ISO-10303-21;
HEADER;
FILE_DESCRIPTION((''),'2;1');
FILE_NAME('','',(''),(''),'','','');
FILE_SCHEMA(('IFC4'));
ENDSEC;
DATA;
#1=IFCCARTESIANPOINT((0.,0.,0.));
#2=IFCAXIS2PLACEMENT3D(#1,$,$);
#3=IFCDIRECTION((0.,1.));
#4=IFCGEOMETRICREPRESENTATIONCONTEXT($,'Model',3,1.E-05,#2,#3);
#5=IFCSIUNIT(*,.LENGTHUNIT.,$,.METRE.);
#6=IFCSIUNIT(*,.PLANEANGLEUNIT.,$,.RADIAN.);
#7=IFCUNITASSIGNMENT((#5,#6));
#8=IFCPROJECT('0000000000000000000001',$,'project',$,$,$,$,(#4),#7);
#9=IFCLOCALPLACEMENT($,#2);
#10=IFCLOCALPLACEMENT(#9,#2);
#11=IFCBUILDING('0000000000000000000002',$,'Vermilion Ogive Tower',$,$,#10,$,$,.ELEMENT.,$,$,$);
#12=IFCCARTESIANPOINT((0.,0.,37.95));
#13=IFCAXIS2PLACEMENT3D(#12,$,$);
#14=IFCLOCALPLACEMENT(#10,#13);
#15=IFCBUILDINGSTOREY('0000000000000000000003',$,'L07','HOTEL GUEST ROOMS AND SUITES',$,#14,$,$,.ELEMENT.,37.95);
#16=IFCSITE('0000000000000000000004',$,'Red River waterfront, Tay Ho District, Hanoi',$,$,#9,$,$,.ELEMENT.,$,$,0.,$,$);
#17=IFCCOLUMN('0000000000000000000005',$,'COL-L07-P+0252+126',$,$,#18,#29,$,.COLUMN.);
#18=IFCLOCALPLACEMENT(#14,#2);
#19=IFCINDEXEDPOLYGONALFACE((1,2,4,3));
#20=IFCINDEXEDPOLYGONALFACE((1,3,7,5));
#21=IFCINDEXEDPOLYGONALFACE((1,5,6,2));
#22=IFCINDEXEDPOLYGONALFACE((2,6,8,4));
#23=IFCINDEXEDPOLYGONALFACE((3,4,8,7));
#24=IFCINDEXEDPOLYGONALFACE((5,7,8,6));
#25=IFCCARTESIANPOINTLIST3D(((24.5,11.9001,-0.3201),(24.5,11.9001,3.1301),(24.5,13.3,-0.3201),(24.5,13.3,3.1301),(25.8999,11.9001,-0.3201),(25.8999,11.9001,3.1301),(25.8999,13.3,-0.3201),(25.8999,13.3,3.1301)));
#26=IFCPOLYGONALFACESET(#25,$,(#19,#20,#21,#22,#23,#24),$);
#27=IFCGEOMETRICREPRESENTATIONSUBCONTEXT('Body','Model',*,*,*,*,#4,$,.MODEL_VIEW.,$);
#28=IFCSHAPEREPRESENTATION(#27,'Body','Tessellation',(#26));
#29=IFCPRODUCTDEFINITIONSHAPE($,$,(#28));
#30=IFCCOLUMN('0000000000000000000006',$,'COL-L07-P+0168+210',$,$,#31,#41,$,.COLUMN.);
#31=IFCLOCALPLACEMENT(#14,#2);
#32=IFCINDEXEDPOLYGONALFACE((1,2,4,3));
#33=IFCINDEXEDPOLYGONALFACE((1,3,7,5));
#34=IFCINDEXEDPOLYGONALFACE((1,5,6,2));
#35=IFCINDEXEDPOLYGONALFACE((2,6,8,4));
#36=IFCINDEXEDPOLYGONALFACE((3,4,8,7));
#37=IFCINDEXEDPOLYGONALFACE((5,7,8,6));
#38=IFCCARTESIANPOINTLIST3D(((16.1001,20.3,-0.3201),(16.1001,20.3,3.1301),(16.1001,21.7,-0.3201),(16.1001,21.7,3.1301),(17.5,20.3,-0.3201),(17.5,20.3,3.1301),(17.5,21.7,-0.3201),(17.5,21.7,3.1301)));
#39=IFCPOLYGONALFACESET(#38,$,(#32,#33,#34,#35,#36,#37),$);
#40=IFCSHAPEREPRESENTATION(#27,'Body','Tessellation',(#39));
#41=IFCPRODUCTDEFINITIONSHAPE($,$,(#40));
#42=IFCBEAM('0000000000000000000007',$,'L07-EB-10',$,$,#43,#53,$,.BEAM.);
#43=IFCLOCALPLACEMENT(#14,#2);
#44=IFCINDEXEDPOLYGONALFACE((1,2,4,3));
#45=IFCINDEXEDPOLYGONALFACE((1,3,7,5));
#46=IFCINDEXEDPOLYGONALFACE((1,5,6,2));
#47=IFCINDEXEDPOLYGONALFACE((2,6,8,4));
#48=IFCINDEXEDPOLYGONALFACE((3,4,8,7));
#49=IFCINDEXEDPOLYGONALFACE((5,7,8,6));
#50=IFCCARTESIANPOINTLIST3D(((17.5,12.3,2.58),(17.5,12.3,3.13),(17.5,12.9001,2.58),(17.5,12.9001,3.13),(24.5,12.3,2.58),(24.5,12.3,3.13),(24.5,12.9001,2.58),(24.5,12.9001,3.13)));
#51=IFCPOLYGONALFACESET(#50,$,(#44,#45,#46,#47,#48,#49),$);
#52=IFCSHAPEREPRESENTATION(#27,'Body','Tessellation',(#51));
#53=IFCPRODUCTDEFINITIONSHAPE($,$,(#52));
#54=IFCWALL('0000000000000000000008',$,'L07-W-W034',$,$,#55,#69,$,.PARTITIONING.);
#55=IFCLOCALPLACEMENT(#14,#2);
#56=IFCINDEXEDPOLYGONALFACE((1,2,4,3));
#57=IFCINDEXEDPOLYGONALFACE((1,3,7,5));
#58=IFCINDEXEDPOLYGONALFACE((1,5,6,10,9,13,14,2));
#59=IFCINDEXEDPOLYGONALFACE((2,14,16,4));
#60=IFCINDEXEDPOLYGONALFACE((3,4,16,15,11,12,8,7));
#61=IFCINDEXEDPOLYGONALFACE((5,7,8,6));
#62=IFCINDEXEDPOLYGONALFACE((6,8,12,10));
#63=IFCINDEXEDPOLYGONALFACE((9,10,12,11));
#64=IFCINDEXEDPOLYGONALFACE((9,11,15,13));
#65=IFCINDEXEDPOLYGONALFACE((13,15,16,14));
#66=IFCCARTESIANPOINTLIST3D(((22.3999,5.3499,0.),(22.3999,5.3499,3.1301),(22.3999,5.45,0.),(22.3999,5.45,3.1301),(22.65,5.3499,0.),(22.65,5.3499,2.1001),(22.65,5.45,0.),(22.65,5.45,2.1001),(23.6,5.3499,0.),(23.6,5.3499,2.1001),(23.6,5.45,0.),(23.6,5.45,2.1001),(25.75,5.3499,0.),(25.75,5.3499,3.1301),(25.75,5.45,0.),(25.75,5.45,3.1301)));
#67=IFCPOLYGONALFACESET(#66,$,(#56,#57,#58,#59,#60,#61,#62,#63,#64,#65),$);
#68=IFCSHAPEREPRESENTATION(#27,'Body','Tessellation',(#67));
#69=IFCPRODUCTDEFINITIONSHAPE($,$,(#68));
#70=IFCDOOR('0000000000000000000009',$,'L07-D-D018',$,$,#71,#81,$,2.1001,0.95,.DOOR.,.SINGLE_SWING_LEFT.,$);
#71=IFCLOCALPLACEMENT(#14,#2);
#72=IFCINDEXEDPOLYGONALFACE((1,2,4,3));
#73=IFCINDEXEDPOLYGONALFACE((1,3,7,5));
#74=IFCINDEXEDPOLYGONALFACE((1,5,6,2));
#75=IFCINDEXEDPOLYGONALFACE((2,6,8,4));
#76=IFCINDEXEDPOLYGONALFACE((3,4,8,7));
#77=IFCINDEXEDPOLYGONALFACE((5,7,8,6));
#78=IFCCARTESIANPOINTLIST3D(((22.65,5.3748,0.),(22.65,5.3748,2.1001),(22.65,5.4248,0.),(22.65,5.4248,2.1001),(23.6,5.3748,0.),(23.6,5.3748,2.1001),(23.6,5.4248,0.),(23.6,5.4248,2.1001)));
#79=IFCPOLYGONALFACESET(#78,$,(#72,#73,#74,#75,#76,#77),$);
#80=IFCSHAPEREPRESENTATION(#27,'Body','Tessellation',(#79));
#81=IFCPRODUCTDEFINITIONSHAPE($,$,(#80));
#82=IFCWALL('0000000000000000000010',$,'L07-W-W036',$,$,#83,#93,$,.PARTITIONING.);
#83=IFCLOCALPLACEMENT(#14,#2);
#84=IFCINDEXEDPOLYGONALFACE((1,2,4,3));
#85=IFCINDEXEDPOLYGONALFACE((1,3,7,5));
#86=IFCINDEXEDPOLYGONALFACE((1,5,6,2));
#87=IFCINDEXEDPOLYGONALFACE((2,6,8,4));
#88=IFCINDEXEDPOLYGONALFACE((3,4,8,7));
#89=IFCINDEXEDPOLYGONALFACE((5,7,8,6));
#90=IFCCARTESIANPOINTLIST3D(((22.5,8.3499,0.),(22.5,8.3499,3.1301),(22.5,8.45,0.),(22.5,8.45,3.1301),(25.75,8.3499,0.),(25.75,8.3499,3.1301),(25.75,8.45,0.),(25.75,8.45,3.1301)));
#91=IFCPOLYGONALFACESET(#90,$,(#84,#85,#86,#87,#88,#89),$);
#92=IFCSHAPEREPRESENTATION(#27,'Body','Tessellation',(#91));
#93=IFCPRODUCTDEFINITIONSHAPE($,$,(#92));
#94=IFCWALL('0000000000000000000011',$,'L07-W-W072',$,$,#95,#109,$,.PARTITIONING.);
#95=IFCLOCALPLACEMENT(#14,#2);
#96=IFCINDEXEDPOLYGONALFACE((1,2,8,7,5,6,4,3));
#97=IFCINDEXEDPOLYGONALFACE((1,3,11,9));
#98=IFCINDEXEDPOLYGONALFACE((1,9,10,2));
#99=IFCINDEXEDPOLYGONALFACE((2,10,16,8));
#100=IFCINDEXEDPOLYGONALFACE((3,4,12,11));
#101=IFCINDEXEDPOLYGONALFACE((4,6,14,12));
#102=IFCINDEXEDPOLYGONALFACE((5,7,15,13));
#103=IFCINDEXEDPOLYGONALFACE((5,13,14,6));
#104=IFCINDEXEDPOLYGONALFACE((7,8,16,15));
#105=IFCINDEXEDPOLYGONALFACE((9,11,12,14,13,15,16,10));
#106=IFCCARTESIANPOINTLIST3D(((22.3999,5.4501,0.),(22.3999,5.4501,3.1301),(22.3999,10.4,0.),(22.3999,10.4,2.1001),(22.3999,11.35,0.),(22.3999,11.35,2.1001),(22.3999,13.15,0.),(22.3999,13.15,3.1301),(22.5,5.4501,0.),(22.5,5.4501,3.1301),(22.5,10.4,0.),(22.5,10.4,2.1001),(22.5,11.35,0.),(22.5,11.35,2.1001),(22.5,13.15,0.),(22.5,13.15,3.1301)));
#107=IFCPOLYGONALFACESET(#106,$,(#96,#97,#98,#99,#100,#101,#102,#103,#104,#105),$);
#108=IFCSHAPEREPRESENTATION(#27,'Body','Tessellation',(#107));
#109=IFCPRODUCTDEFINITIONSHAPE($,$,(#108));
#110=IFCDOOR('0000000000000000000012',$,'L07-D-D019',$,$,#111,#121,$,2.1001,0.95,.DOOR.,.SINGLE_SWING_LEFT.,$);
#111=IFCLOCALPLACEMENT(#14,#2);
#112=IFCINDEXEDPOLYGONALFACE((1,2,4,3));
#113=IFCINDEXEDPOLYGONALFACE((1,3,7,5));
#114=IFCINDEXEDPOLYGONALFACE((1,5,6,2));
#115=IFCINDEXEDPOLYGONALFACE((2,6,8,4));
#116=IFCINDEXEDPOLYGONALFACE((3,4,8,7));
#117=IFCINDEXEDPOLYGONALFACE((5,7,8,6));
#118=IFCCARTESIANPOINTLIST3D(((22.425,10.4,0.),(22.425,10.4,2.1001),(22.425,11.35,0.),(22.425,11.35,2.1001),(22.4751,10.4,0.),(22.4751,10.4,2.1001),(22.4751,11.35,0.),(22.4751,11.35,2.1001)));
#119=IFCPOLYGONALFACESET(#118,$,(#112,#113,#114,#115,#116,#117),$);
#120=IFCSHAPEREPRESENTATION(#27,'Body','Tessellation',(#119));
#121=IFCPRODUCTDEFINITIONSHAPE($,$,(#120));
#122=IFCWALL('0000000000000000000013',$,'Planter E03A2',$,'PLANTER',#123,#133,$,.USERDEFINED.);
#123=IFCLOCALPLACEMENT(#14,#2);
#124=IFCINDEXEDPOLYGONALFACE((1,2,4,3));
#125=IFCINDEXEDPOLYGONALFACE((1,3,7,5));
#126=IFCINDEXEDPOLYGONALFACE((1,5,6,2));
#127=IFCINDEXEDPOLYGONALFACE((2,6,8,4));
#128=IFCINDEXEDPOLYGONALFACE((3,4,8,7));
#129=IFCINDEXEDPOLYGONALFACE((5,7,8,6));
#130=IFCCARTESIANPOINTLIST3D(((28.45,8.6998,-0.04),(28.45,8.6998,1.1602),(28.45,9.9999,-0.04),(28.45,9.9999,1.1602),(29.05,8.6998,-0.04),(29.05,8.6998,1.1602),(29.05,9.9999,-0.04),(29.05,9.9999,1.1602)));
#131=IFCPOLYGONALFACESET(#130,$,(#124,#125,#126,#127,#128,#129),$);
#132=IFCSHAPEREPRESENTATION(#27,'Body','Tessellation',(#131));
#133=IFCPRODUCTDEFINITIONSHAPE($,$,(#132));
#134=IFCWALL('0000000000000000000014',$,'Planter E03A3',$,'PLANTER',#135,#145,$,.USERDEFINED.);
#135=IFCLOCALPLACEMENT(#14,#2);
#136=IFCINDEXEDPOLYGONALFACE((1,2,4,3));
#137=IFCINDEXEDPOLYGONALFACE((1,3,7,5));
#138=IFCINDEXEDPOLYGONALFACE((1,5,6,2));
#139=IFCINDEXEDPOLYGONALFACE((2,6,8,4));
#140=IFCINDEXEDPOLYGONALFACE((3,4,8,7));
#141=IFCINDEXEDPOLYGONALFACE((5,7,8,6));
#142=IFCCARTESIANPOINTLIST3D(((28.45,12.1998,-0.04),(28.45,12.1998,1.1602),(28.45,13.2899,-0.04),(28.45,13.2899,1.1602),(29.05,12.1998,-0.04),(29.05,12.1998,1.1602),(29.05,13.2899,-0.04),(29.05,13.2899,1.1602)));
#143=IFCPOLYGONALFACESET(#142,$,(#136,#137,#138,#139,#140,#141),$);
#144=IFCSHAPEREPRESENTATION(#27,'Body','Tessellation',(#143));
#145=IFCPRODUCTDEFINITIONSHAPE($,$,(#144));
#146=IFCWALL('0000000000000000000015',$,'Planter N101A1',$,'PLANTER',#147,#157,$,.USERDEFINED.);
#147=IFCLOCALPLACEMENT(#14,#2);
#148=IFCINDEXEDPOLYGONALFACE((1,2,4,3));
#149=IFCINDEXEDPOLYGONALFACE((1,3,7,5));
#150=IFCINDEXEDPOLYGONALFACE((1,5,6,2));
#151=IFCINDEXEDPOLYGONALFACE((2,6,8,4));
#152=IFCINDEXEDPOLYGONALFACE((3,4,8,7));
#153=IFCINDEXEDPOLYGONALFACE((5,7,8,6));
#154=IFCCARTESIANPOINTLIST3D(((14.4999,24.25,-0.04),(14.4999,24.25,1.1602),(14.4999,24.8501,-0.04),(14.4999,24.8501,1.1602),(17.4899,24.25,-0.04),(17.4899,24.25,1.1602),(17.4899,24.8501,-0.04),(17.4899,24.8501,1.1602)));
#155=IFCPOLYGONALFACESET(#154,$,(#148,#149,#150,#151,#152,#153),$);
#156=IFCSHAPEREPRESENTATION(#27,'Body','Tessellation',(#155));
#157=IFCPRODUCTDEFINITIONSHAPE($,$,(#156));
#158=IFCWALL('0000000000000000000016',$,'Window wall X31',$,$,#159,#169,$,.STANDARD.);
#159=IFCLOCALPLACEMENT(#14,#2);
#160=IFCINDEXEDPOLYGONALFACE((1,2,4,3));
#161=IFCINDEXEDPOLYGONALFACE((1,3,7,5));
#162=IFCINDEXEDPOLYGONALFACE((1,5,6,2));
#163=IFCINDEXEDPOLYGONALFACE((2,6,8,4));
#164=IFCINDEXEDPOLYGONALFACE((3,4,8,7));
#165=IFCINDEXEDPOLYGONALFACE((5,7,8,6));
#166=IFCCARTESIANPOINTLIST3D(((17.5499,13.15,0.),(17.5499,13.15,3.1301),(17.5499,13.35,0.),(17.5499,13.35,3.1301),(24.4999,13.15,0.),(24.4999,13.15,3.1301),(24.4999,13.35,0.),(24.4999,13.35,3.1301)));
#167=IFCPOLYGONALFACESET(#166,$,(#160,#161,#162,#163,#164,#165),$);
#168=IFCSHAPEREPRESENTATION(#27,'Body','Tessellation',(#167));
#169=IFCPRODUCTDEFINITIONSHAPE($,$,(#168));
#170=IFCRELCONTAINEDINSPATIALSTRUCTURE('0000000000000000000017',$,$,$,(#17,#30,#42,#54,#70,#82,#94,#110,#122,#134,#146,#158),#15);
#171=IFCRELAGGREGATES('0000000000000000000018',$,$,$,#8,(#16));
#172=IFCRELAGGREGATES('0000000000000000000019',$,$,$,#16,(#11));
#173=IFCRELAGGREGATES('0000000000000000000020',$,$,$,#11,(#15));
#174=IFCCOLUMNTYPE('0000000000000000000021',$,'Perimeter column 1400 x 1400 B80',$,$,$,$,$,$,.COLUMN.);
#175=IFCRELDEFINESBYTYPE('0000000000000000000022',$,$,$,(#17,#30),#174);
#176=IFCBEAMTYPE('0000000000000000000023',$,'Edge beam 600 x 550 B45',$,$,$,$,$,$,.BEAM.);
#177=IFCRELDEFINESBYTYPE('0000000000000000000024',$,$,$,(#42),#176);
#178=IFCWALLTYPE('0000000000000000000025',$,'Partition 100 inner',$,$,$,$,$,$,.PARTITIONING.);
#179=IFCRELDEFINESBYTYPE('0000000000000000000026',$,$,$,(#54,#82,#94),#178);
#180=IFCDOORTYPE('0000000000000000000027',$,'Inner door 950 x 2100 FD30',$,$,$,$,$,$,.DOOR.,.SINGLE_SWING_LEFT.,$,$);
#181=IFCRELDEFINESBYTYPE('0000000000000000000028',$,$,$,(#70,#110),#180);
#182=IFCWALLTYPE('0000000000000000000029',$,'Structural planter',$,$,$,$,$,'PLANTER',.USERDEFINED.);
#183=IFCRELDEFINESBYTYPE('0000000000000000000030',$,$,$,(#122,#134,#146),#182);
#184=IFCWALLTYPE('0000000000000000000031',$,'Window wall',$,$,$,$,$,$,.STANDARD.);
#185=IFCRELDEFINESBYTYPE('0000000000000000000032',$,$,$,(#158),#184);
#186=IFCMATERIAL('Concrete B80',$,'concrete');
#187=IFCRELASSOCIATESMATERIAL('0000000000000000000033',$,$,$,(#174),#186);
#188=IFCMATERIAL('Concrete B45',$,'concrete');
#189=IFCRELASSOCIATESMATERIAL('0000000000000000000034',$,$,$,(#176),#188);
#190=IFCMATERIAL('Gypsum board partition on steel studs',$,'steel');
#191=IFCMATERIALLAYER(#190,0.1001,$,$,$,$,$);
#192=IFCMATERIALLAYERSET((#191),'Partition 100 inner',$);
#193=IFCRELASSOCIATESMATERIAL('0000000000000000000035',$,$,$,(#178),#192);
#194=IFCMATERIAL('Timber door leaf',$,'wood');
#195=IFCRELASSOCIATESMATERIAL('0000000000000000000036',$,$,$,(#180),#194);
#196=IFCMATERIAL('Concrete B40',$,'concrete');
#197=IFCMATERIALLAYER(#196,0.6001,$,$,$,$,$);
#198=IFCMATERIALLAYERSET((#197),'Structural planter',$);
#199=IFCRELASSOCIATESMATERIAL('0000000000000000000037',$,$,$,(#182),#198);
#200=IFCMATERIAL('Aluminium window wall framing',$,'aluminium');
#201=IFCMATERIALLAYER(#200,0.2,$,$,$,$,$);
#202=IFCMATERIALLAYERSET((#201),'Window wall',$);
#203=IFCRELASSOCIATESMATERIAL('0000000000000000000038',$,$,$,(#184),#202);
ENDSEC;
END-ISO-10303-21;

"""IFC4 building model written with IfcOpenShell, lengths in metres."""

from ifc_helpers import new_model, si_unit, direction, frame, frame_2d, origin, origin_2d, place, context, subcontext, project, spatial, rectangle, extrude, material, layer, layer_set, material_profile, profile_set, type_object, element, fill, save


model = new_model("IFC4")

# Units and contexts
model_context = context("Model", 3, precision=1e-05, world=origin(), true_north=direction((0.0, 1.0)))
body_context = subcontext(model_context, "Body", "Model", "MODEL_VIEW")
ifc_project = project(units=[si_unit("LENGTHUNIT", "METRE"), si_unit("PLANEANGLEUNIT", "RADIAN")], contexts=[model_context])

# Site, building, storey
site_placement = place(None, origin())
site = spatial("IfcSite", under=ifc_project, at=site_placement, Name="Red River waterfront, Tay Ho District, Hanoi", CompositionType="ELEMENT", RefElevation=0.0)
building_placement = place(site_placement, origin())
building = spatial("IfcBuilding", under=site, at=building_placement, Name="Vermilion Ogive Tower", CompositionType="ELEMENT")
storey_placement = place(building_placement, frame((0.0, 0.0, 37.95)))
storey = spatial("IfcBuildingStorey", under=building, at=storey_placement, Name="L07", Description="HOTEL GUEST ROOMS AND SUITES", CompositionType="ELEMENT", Elevation=37.95)

# Columns
ifc_material_1 = material(Name="Concrete B80", Category="concrete")
ifc_material_profile_1 = material_profile(ifc_material_1, rectangle(XDim=1.3999, YDim=1.3999, at=origin_2d()), Name="1400 x 1400")
ifc_profile_set_1 = profile_set([ifc_material_profile_1], Name="Concrete B80")
column_type = type_object("IfcColumnType", Name="Perimeter column 1400 x 1400 B80", PredefinedType="COLUMN", material=ifc_profile_set_1)
for number, where, z_axis, x_axis, name in (
    (1, (25.2, 12.6001, -0.3201), (0.0, 0.0, 1.0), (1.0, 0.0, 0.0), "COL-L07-P+0252+126"),
    (2, (16.8, 21.0, -0.3201), (0.0, 0.0, 1.0), (1.0, 0.0, 0.0), "COL-L07-P+0168+210"),
):
    element("IfcColumn", number, at=place(storey_placement, frame(where, z_axis=z_axis, x_axis=x_axis)), inside=storey, type_object=column_type, Name=name, PredefinedType="COLUMN", context=body_context, shape_type="SweptSolid", body=[
        extrude(rectangle(XDim=1.3999, YDim=1.3999, at=origin_2d()), origin(), (0.0, 0.0, 1.0), 3.4502),
    ])

# Beam
ifc_material_2 = material(Name="Concrete B45", Category="concrete")
ifc_material_profile_2 = material_profile(ifc_material_2, rectangle(XDim=0.6001, YDim=0.55, at=origin_2d()), Name="600 x 550")
ifc_profile_set_2 = profile_set([ifc_material_profile_2], Name="Concrete B45")
beam_type = type_object("IfcBeamType", Name="Edge beam 600 x 550 B45", PredefinedType="BEAM", material=ifc_profile_set_2)
beam_placement = place(storey_placement, frame((24.5, 12.6001, 2.855), z_axis=(-1.0, 0.0, 0.0), x_axis=(0.0, -1.0, 0.0)))
element("IfcBeam", 3, at=beam_placement, inside=storey, type_object=beam_type, Name="L07-EB-10", PredefinedType="BEAM", context=body_context, shape_type="SweptSolid", body=[
    extrude(rectangle(XDim=0.6001, YDim=0.55, at=origin_2d()), origin(), (0.0, 0.0, 1.0), 7.0),
])

# Wall, opening, door
ifc_material_3 = material(Name="Gypsum board partition on steel studs", Category="steel")
ifc_layer_1 = layer(ifc_material_3, 0.1001)
ifc_layer_set_1 = layer_set([ifc_layer_1], Name="Partition 100 inner")
wall_type_1 = type_object("IfcWallType", Name="Partition 100 inner", PredefinedType="PARTITIONING", material=ifc_layer_set_1)
wall_1_placement = place(storey_placement, frame((22.3999, 5.3999, 0.0), z_axis=(0.0, 0.0, 1.0), x_axis=(1.0, 0.0, 0.0)))
wall_1 = element("IfcWall", 4, at=wall_1_placement, inside=storey, type_object=wall_type_1, Name="L07-W-W034", PredefinedType="PARTITIONING", context=body_context, shape_type="SweptSolid", body=[
    extrude(rectangle(XDim=3.3501, YDim=0.1001, at=frame_2d((1.675, 0.0))), origin(), (0.0, 0.0, 1.0), 3.1301),
])
opening_1_placement = place(wall_1_placement, frame((0.25, 0.0, 0.0)))
opening_1 = element("IfcOpeningElement", 5, at=opening_1_placement, cuts=wall_1, PredefinedType="OPENING", context=body_context, shape_type="SweptSolid", body=[
    extrude(rectangle(XDim=0.95, YDim=2.1001, at=frame_2d((0.4751, 1.05))), frame((0.0, 0.0601, 0.0), z_axis=(0.0, -1.0, 0.0), x_axis=(1.0, 0.0, 0.0)), (0.0, 0.0, 1.0), 0.1201),
])
ifc_material_4 = material(Name="Timber door leaf", Category="wood")
door_type_1 = type_object("IfcDoorType", Name="Inner door 950 x 2100 FD30", OperationType="SINGLE_SWING_LEFT", PredefinedType="DOOR", material=ifc_material_4)
door_1_placement = place(opening_1_placement, origin())
door_1 = element("IfcDoor", 6, at=door_1_placement, inside=storey, type_object=door_type_1, Name="L07-D-D018", OperationType="SINGLE_SWING_LEFT", OverallHeight=2.1001, OverallWidth=0.95, PredefinedType="DOOR", context=body_context, shape_type="SweptSolid", body=[
    extrude(rectangle(XDim=0.95, YDim=2.1001, at=frame_2d((0.4751, 1.05))), frame((0.0, 0.0249, 0.0), z_axis=(0.0, -1.0, 0.0), x_axis=(1.0, 0.0, 0.0)), (0.0, 0.0, 1.0), 0.05),
])
fill(opening_1, door_1)

# Wall
wall_2_placement = place(storey_placement, frame((22.5, 8.3999, 0.0), z_axis=(0.0, 0.0, 1.0), x_axis=(1.0, 0.0, 0.0)))
element("IfcWall", 7, at=wall_2_placement, inside=storey, type_object=wall_type_1, Name="L07-W-W036", PredefinedType="PARTITIONING", context=body_context, shape_type="SweptSolid", body=[
    extrude(rectangle(XDim=3.25, YDim=0.1001, at=frame_2d((1.625, 0.0))), origin(), (0.0, 0.0, 1.0), 3.1301),
])

# Wall, opening, door
wall_3_placement = place(storey_placement, frame((22.45, 5.45, 0.0), z_axis=(0.0, 0.0, 1.0), x_axis=(0.0, 1.0, 0.0)))
wall_3 = element("IfcWall", 8, at=wall_3_placement, inside=storey, type_object=wall_type_1, Name="L07-W-W072", PredefinedType="PARTITIONING", context=body_context, shape_type="SweptSolid", body=[
    extrude(rectangle(XDim=7.7, YDim=0.1001, at=frame_2d((3.8501, 0.0))), origin(), (0.0, 0.0, 1.0), 3.1301),
])
opening_2_placement = place(wall_3_placement, frame((4.95, 0.0, 0.0)))
opening_2 = element("IfcOpeningElement", 9, at=opening_2_placement, cuts=wall_3, PredefinedType="OPENING", context=body_context, shape_type="SweptSolid", body=[
    extrude(rectangle(XDim=0.95, YDim=2.1001, at=frame_2d((0.4751, 1.05))), frame((0.0, 0.0601, 0.0), z_axis=(0.0, -1.0, 0.0), x_axis=(1.0, 0.0, 0.0)), (0.0, 0.0, 1.0), 0.1201),
])
door_2_placement = place(opening_2_placement, origin())
door_2 = element("IfcDoor", 10, at=door_2_placement, inside=storey, type_object=door_type_1, Name="L07-D-D019", OperationType="SINGLE_SWING_LEFT", OverallHeight=2.1001, OverallWidth=0.95, PredefinedType="DOOR", context=body_context, shape_type="SweptSolid", body=[
    extrude(rectangle(XDim=0.95, YDim=2.1001, at=frame_2d((0.4751, 1.05))), frame((0.0, 0.0249, 0.0), z_axis=(0.0, -1.0, 0.0), x_axis=(1.0, 0.0, 0.0)), (0.0, 0.0, 1.0), 0.05),
])
fill(opening_2, door_2)

# Walls
ifc_material_5 = material(Name="Concrete B40", Category="concrete")
ifc_layer_2 = layer(ifc_material_5, 0.6001)
ifc_layer_set_2 = layer_set([ifc_layer_2], Name="Structural planter")
wall_type_2 = type_object("IfcWallType", Name="Structural planter", ElementType="PLANTER", PredefinedType="USERDEFINED", material=ifc_layer_set_2)
wall_4_placement = place(storey_placement, frame((28.75, 8.7, -0.04), z_axis=(0.0, 0.0, 1.0), x_axis=(0.0, 1.0, 0.0)))
element("IfcWall", 11, at=wall_4_placement, inside=storey, type_object=wall_type_2, Name="Planter E03A2", ObjectType="PLANTER", PredefinedType="USERDEFINED", context=body_context, shape_type="SweptSolid", body=[
    extrude(rectangle(XDim=1.3, YDim=0.6001, at=frame_2d((0.6499, 0.0))), origin(), (0.0, 0.0, 1.0), 1.2002),
])
wall_5_placement = place(storey_placement, frame((28.75, 12.2, -0.04), z_axis=(0.0, 0.0, 1.0), x_axis=(0.0, 1.0, 0.0)))
element("IfcWall", 12, at=wall_5_placement, inside=storey, type_object=wall_type_2, Name="Planter E03A3", ObjectType="PLANTER", PredefinedType="USERDEFINED", context=body_context, shape_type="SweptSolid", body=[
    extrude(rectangle(XDim=1.0901, YDim=0.6001, at=frame_2d((0.5449, 0.0))), origin(), (0.0, 0.0, 1.0), 1.2002),
])
wall_6_placement = place(storey_placement, frame((17.49, 24.55, -0.04), z_axis=(0.0, 0.0, 1.0), x_axis=(-1.0, 0.0, 0.0)))
element("IfcWall", 13, at=wall_6_placement, inside=storey, type_object=wall_type_2, Name="Planter N101A1", ObjectType="PLANTER", PredefinedType="USERDEFINED", context=body_context, shape_type="SweptSolid", body=[
    extrude(rectangle(XDim=2.99, YDim=0.6001, at=frame_2d((1.4951, 0.0))), origin(), (0.0, 0.0, 1.0), 1.2002),
])

# Shared definitions
ifc_material_6 = material(Name="Aluminium window wall framing", Category="aluminium")
ifc_layer_3 = layer(ifc_material_6, 0.2)
ifc_layer_set_3 = layer_set([ifc_layer_3], Name="Window wall")
wall_type_3 = type_object("IfcWallType", Name="Window wall", PredefinedType="STANDARD", material=ifc_layer_set_3)

# Wall
wall_7_placement = place(storey_placement, frame((24.5, 13.25, 0.0), z_axis=(0.0, 0.0, 1.0), x_axis=(-1.0, 0.0, 0.0)))
element("IfcWall", 14, at=wall_7_placement, inside=storey, type_object=wall_type_3, Name="Window wall X31", PredefinedType="STANDARD", context=body_context, shape_type="SweptSolid", body=[
    extrude(rectangle(XDim=6.95, YDim=0.2, at=frame_2d((3.4751, 0.0))), origin(), (0.0, 0.0, 1.0), 3.1301),
])

save(model, "model.ifc")
